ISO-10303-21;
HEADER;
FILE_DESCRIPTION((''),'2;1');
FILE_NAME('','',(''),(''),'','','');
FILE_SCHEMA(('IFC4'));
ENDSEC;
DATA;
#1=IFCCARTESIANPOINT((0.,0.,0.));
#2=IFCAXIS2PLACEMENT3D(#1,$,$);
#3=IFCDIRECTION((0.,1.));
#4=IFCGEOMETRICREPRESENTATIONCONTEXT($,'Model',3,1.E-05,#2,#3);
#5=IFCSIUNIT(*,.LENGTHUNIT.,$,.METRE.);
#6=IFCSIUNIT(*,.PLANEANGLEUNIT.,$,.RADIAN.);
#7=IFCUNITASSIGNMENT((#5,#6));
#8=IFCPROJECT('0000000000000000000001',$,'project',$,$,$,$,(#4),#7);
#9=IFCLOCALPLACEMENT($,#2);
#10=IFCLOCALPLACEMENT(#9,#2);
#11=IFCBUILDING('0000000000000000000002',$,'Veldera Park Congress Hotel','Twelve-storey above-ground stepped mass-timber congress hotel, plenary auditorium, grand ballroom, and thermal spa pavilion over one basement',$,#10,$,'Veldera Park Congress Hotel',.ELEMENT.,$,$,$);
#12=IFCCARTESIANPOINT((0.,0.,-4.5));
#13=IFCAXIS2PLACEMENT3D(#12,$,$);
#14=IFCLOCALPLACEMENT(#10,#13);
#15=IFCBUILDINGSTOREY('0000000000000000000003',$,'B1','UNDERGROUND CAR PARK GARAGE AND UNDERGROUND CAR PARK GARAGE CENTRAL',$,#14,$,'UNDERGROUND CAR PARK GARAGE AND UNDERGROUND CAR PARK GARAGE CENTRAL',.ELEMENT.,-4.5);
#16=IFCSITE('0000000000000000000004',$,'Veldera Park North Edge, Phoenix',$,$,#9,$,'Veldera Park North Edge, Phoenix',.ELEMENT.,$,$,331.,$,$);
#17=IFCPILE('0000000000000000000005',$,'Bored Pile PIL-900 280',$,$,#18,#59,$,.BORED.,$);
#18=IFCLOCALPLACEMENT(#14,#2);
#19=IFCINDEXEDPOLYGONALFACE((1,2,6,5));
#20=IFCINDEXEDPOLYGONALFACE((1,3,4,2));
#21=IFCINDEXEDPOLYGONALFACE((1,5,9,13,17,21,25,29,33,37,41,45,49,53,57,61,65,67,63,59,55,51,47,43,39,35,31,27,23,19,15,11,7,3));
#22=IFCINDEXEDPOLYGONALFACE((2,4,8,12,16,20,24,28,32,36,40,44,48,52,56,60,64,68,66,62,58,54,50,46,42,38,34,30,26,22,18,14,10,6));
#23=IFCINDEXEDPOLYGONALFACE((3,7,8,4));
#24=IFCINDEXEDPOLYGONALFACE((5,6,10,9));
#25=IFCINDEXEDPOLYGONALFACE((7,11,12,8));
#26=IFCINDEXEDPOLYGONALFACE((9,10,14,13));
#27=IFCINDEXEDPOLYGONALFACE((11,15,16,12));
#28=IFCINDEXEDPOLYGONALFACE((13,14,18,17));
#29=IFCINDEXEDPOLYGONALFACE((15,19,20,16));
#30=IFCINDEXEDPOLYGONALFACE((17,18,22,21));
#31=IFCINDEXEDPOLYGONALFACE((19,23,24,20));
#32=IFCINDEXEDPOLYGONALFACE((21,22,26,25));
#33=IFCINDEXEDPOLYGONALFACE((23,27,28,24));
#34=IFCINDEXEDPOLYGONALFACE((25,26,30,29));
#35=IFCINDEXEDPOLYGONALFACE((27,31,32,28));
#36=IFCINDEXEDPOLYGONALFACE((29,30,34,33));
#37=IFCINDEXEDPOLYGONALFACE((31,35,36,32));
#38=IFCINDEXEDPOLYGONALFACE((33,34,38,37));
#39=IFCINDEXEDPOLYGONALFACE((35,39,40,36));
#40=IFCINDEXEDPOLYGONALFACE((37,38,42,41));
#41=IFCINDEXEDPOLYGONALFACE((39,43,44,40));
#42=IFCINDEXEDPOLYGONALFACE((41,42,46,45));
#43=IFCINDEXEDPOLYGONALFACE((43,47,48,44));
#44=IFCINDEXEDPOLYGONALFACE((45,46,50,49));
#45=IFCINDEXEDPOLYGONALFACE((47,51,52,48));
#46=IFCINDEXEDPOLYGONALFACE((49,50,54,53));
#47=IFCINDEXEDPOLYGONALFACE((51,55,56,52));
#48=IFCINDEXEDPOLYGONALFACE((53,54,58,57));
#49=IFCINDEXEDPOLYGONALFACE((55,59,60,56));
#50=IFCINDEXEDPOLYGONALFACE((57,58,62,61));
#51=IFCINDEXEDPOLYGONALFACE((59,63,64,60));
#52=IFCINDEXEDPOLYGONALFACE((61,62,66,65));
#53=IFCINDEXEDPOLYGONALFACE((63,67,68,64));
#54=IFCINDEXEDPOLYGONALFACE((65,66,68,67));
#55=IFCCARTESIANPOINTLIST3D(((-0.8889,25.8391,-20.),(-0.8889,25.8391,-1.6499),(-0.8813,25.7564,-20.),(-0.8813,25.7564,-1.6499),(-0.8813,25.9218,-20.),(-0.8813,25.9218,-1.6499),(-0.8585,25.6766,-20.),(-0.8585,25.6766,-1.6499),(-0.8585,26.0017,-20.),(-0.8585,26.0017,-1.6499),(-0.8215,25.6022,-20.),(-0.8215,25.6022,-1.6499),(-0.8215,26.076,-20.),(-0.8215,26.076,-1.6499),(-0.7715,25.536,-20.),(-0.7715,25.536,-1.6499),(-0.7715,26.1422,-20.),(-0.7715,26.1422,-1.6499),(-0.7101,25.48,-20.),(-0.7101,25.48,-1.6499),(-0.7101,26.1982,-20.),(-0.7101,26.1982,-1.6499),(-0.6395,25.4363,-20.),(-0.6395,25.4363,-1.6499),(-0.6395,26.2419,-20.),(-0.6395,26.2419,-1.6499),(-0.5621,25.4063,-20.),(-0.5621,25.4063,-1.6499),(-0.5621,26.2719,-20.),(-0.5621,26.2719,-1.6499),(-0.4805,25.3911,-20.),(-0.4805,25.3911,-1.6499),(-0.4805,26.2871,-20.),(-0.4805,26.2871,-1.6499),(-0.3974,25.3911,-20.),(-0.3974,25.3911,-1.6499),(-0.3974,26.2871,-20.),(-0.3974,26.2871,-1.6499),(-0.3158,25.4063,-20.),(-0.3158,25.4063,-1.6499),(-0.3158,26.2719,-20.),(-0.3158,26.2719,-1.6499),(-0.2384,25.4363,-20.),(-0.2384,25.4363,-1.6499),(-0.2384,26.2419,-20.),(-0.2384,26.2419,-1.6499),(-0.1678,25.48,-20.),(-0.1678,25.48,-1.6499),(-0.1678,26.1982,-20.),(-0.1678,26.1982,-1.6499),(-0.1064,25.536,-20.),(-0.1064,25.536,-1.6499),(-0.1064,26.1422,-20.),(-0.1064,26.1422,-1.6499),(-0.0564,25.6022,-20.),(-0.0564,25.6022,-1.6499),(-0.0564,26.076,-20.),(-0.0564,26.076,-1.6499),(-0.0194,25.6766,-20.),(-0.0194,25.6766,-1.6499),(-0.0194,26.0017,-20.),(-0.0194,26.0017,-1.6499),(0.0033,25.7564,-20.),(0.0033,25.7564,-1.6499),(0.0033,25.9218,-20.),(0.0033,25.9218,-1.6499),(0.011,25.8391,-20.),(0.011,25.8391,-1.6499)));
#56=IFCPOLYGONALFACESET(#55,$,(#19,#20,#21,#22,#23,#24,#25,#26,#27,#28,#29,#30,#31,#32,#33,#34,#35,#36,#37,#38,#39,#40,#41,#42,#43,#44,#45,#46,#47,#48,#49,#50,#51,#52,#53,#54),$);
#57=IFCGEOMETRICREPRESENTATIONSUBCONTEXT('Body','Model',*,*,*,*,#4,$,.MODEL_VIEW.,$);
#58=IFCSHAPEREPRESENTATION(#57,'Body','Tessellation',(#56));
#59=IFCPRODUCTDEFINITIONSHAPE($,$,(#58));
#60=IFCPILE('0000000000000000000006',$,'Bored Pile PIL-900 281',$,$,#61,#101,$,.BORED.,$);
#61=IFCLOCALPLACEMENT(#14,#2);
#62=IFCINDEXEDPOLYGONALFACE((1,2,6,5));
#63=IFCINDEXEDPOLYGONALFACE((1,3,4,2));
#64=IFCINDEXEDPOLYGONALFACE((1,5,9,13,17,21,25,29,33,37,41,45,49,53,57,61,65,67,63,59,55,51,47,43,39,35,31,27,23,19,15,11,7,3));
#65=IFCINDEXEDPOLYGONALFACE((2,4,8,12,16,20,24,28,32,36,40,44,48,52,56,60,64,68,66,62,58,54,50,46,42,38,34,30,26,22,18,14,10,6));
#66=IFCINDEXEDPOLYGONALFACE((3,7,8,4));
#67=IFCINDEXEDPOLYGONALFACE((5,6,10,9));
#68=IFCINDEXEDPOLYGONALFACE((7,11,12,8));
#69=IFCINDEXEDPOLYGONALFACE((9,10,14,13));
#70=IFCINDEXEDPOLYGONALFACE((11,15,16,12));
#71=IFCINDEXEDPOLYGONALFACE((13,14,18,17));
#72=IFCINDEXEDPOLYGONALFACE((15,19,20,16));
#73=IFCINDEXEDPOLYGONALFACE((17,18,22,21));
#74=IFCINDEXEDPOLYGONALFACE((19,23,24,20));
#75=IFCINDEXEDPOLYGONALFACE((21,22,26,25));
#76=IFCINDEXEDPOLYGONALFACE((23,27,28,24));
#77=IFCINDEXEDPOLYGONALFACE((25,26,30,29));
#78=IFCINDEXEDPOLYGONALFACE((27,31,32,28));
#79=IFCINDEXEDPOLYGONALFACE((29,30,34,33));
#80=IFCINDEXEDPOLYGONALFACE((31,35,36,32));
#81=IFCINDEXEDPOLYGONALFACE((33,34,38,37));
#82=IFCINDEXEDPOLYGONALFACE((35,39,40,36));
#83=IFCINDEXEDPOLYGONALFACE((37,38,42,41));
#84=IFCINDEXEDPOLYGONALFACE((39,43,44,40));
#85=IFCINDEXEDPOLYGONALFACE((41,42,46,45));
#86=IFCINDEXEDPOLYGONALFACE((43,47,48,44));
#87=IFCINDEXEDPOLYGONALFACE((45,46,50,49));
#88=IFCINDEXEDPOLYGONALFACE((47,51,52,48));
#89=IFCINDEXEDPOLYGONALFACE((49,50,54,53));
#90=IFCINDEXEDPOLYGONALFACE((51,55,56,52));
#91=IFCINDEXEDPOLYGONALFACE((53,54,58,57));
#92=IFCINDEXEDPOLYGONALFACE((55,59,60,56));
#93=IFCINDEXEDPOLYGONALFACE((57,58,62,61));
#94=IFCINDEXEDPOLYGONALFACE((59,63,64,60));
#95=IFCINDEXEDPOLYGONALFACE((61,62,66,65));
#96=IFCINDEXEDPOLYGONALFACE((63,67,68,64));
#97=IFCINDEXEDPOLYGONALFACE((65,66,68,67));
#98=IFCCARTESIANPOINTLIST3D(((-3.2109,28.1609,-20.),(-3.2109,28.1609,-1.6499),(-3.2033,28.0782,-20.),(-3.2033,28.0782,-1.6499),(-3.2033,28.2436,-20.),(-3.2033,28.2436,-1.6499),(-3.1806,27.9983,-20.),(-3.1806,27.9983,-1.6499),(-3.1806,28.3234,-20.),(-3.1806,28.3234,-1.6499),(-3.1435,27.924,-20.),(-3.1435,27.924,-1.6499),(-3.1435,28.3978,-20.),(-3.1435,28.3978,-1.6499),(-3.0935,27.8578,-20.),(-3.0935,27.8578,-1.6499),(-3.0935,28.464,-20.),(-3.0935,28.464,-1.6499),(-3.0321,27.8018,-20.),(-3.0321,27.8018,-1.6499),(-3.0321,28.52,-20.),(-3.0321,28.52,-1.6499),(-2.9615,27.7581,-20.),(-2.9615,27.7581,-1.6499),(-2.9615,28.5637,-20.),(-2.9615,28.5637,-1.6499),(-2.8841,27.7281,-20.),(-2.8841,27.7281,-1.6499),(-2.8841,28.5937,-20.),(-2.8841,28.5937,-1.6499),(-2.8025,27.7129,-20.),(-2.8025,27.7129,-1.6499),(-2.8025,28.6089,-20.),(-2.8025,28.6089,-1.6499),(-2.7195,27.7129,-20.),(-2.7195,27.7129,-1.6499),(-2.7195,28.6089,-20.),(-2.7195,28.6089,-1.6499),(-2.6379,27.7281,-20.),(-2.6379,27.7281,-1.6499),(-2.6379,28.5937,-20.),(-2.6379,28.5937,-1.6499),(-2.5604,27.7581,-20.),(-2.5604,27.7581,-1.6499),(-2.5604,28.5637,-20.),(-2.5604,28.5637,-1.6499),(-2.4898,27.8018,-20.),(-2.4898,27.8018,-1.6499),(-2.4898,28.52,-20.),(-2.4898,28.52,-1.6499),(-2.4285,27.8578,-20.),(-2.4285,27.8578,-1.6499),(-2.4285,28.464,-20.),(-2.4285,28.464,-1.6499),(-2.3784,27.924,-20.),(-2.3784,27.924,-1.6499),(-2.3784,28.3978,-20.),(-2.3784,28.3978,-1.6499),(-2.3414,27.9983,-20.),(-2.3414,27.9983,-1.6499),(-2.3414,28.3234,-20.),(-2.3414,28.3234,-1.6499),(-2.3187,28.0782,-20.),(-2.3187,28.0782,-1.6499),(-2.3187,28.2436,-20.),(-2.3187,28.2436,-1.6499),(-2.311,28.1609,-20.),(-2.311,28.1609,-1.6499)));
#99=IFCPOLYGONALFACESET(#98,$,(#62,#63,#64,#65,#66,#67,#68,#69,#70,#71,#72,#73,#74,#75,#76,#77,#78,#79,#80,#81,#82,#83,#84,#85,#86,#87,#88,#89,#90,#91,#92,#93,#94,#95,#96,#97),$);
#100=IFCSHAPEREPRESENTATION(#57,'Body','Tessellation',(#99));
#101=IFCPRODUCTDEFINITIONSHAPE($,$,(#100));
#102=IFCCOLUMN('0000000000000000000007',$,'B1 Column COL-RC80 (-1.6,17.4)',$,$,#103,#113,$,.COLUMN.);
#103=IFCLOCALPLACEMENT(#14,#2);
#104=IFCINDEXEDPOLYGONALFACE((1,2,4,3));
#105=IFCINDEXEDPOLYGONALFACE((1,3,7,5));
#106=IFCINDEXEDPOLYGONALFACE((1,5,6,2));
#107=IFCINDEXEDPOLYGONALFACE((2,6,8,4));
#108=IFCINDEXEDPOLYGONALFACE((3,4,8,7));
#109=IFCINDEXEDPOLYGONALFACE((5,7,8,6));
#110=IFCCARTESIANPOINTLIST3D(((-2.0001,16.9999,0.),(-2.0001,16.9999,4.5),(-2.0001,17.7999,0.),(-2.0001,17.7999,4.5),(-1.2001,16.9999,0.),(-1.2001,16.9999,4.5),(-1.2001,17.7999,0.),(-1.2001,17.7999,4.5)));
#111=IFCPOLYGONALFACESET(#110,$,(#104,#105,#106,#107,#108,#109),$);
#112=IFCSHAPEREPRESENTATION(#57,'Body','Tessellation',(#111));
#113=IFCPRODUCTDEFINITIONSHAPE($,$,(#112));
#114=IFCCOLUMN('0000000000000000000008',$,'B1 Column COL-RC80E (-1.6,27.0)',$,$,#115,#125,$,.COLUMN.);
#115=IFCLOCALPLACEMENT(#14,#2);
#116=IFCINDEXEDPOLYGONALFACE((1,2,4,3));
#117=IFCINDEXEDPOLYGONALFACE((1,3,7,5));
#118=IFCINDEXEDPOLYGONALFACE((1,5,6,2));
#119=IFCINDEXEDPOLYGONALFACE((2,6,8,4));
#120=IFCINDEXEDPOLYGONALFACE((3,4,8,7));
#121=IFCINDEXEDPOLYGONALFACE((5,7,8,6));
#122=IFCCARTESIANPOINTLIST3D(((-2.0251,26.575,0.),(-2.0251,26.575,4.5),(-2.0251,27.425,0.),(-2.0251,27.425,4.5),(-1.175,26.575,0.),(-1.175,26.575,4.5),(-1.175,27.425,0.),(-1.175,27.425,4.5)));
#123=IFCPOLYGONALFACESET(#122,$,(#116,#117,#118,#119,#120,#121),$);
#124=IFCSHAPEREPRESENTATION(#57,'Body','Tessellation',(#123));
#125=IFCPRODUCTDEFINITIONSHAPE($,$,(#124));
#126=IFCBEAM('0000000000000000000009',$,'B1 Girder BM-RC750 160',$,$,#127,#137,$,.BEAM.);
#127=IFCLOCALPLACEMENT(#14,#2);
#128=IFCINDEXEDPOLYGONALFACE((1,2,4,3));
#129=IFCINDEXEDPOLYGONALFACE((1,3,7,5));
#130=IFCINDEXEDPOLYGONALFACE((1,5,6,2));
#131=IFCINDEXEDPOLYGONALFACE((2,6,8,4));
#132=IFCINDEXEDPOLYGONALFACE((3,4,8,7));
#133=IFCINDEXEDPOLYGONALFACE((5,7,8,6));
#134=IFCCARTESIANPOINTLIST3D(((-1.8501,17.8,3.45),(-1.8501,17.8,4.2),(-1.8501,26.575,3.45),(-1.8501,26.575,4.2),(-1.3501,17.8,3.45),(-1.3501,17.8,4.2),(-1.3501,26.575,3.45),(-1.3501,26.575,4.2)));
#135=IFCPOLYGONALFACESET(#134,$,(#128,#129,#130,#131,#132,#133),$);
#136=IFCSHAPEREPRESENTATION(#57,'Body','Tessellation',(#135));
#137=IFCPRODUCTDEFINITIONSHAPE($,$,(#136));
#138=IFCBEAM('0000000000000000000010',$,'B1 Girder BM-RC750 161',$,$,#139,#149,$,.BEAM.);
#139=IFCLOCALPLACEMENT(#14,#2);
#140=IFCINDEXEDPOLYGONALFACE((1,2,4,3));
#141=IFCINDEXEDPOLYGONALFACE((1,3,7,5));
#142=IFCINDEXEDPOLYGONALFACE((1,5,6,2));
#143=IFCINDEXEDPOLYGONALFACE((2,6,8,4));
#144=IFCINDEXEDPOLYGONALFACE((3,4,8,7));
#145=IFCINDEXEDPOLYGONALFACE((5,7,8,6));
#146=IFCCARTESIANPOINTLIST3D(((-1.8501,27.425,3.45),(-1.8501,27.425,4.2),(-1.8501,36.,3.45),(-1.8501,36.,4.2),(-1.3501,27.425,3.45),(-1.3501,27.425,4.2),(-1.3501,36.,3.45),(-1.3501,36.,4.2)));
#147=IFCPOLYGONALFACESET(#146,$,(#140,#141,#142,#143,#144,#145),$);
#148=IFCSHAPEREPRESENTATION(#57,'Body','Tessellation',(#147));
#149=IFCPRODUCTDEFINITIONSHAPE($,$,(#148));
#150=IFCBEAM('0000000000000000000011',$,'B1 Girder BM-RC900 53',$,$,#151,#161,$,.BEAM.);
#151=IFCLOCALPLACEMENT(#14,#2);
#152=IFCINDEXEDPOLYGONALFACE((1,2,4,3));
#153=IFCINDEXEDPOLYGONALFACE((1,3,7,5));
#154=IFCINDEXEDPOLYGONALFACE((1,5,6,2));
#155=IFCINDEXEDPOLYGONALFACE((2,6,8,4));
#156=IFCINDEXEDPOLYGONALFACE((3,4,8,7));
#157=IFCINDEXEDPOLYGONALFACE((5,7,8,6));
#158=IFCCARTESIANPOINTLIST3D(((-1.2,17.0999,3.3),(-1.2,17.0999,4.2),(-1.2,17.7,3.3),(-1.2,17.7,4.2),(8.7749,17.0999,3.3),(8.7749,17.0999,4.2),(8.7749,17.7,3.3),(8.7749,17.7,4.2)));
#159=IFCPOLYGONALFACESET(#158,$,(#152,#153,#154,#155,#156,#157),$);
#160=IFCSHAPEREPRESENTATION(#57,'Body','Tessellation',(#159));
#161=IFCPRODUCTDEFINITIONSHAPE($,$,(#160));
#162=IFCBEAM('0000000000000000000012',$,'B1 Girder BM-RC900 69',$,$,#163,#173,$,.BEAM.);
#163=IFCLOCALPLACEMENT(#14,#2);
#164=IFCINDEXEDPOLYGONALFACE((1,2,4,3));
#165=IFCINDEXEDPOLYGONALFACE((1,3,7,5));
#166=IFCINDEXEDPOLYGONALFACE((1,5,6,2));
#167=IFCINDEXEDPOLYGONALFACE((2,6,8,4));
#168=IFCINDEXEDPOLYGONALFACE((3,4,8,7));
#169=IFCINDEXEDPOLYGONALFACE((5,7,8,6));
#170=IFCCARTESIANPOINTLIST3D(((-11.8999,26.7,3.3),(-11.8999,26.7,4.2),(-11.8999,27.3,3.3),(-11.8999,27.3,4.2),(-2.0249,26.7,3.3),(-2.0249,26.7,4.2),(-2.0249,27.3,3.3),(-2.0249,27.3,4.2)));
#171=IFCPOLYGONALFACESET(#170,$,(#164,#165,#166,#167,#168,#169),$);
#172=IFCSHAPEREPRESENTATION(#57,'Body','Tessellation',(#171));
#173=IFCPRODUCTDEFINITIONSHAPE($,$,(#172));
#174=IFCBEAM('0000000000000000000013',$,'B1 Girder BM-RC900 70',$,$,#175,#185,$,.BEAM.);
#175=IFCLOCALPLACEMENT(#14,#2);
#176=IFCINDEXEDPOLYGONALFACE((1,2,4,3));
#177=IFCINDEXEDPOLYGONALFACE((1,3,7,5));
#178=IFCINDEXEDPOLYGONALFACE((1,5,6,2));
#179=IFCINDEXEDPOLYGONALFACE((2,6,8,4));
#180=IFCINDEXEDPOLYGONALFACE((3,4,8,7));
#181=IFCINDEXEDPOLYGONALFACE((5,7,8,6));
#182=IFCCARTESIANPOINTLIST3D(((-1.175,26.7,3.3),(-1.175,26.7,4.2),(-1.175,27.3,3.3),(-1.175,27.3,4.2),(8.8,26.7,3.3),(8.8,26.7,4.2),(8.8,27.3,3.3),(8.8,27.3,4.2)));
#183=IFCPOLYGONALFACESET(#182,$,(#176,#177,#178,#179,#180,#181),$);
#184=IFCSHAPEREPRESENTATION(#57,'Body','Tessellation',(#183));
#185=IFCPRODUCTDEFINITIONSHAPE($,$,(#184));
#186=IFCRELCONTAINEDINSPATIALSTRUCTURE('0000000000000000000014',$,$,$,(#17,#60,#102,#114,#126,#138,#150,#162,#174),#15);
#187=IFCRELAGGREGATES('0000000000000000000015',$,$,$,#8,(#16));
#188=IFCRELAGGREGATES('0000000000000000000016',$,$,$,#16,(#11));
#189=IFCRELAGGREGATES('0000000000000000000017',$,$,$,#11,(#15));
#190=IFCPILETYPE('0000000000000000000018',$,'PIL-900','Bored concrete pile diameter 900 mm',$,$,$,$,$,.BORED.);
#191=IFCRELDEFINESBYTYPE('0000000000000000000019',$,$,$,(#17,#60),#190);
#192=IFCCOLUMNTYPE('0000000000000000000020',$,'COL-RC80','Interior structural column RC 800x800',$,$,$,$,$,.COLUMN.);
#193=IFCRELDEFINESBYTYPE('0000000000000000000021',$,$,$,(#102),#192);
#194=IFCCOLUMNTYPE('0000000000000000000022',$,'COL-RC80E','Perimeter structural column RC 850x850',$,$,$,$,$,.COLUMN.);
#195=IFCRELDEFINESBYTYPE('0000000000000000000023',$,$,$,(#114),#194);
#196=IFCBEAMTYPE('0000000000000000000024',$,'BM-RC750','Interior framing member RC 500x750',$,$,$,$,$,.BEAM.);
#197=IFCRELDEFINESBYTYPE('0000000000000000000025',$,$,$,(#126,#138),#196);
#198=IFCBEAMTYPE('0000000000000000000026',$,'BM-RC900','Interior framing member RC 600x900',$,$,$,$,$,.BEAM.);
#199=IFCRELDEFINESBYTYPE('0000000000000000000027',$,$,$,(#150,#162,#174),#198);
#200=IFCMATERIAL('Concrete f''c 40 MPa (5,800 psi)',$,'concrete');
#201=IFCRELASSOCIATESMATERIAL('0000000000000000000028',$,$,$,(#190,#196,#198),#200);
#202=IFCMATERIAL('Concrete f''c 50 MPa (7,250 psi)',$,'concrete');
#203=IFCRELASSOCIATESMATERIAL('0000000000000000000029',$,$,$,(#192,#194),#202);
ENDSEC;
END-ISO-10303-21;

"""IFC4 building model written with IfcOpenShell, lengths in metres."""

from ifc_helpers import new_model, si_unit, direction, frame, origin, origin_2d, place, context, subcontext, project, spatial, rectangle, circle, extrude, material, material_profile, profile_set, type_object, element, save


model = new_model("IFC4")

# Units and contexts
model_context = context("Model", 3, precision=1e-05, world=origin(), true_north=direction((0.0, 1.0)))
body_context = subcontext(model_context, "Body", "Model", "MODEL_VIEW")
ifc_project = project(units=[si_unit("LENGTHUNIT", "METRE"), si_unit("PLANEANGLEUNIT", "RADIAN")], contexts=[model_context])

# Site, building, storey
site_placement = place(None, origin())
site = spatial("IfcSite", under=ifc_project, at=site_placement, Name="Veldera Park North Edge, Phoenix", LongName="Veldera Park North Edge, Phoenix", CompositionType="ELEMENT", RefElevation=331.0)
building_placement = place(site_placement, origin())
building = spatial("IfcBuilding", under=site, at=building_placement, Name="Veldera Park Congress Hotel", Description="Twelve-storey above-ground stepped mass-timber congress hotel, plenary auditorium, grand ballroom, and thermal spa pavilion over one basement", LongName="Veldera Park Congress Hotel", CompositionType="ELEMENT")
storey_placement = place(building_placement, frame((0.0, 0.0, -4.5)))
storey = spatial("IfcBuildingStorey", under=building, at=storey_placement, Name="B1", Description="UNDERGROUND CAR PARK GARAGE AND UNDERGROUND CAR PARK GARAGE CENTRAL", LongName="UNDERGROUND CAR PARK GARAGE AND UNDERGROUND CAR PARK GARAGE CENTRAL", CompositionType="ELEMENT", Elevation=-4.5)

# Shared definitions
ifc_material_1 = material(Name="Concrete f'c 40 MPa (5,800 psi)", Category="concrete")

# Piles
ifc_material_profile_1 = material_profile(ifc_material_1, circle(Radius=0.45, at=origin_2d()), Name="PILE D900")
ifc_profile_set_1 = profile_set([ifc_material_profile_1], Name="Concrete f'c 40 MPa (5,800 psi)")
pile_type_1 = type_object("IfcPileType", Name="PIL-900", Description="Bored concrete pile diameter 900 mm", PredefinedType="BORED", material=ifc_profile_set_1)
for number, where, z_axis, x_axis, name in (
    (1, (-0.439, 25.8391, -1.6499), (0.0, 0.0, -1.0), (1.0, 0.0, 0.0), "Bored Pile PIL-900 280"),
    (2, (-2.761, 28.1609, -1.6499), (0.0, 0.0, -1.0), (1.0, 0.0, 0.0), "Bored Pile PIL-900 281"),
):
    element("IfcPile", number, at=place(storey_placement, frame(where, z_axis=z_axis, x_axis=x_axis)), inside=storey, type_object=pile_type_1, Name=name, PredefinedType="BORED", context=body_context, shape_type="SweptSolid", body=[
        extrude(circle(Radius=0.45, at=origin_2d()), origin(), (0.0, 0.0, 1.0), 18.3501),
    ])

# Columns
ifc_material_2 = material(Name="Concrete f'c 50 MPa (7,250 psi)", Category="concrete")
ifc_material_profile_2 = material_profile(ifc_material_2, rectangle(XDim=0.8, YDim=0.8, at=origin_2d()), Name="RC 800x800")
ifc_profile_set_2 = profile_set([ifc_material_profile_2], Name="Concrete f'c 50 MPa (7,250 psi)")
column_type_1 = type_object("IfcColumnType", Name="COL-RC80", Description="Interior structural column RC 800x800", PredefinedType="COLUMN", material=ifc_profile_set_2)
column_1_placement = place(storey_placement, frame((-1.6001, 17.3999, 0.0), z_axis=(0.0, 0.0, 1.0), x_axis=(1.0, 0.0, 0.0)))
element("IfcColumn", 3, at=column_1_placement, inside=storey, type_object=column_type_1, Name="B1 Column COL-RC80 (-1.6,17.4)", PredefinedType="COLUMN", context=body_context, shape_type="SweptSolid", body=[
    extrude(rectangle(XDim=0.8, YDim=0.8, at=origin_2d()), origin(), (0.0, 0.0, 1.0), 4.5),
])
ifc_material_profile_3 = material_profile(ifc_material_2, rectangle(XDim=0.8501, YDim=0.8501, at=origin_2d()), Name="RC 850x850")
ifc_profile_set_3 = profile_set([ifc_material_profile_3], Name="Concrete f'c 50 MPa (7,250 psi)")
column_type_2 = type_object("IfcColumnType", Name="COL-RC80E", Description="Perimeter structural column RC 850x850", PredefinedType="COLUMN", material=ifc_profile_set_3)
column_2_placement = place(storey_placement, frame((-1.6001, 27.0, 0.0), z_axis=(0.0, 0.0, 1.0), x_axis=(1.0, 0.0, 0.0)))
element("IfcColumn", 4, at=column_2_placement, inside=storey, type_object=column_type_2, Name="B1 Column COL-RC80E (-1.6,27.0)", PredefinedType="COLUMN", context=body_context, shape_type="SweptSolid", body=[
    extrude(rectangle(XDim=0.8501, YDim=0.8501, at=origin_2d()), origin(), (0.0, 0.0, 1.0), 4.5),
])

# Beams
ifc_material_profile_4 = material_profile(ifc_material_1, rectangle(XDim=0.5, YDim=0.75, at=origin_2d()), Name="RC 500x750")
ifc_profile_set_4 = profile_set([ifc_material_profile_4], Name="Concrete f'c 40 MPa (5,800 psi)")
beam_type_1 = type_object("IfcBeamType", Name="BM-RC750", Description="Interior framing member RC 500x750", PredefinedType="BEAM", material=ifc_profile_set_4)
beam_1_placement = place(storey_placement, frame((-1.6001, 17.8, 3.825), z_axis=(0.0, 1.0, 0.0), x_axis=(-1.0, 0.0, 0.0)))
element("IfcBeam", 5, at=beam_1_placement, inside=storey, type_object=beam_type_1, Name="B1 Girder BM-RC750 160", PredefinedType="BEAM", context=body_context, shape_type="SweptSolid", body=[
    extrude(rectangle(XDim=0.5, YDim=0.75, at=origin_2d()), origin(), (0.0, 0.0, 1.0), 8.7749),
])
beam_2_placement = place(storey_placement, frame((-1.6001, 27.425, 3.825), z_axis=(0.0, 1.0, 0.0), x_axis=(-1.0, 0.0, 0.0)))
element("IfcBeam", 6, at=beam_2_placement, inside=storey, type_object=beam_type_1, Name="B1 Girder BM-RC750 161", PredefinedType="BEAM", context=body_context, shape_type="SweptSolid", body=[
    extrude(rectangle(XDim=0.5, YDim=0.75, at=origin_2d()), origin(), (0.0, 0.0, 1.0), 8.575),
])
ifc_material_profile_5 = material_profile(ifc_material_1, rectangle(XDim=0.6001, YDim=0.8999, at=origin_2d()), Name="RC 600x900")
ifc_profile_set_5 = profile_set([ifc_material_profile_5], Name="Concrete f'c 40 MPa (5,800 psi)")
beam_type_2 = type_object("IfcBeamType", Name="BM-RC900", Description="Interior framing member RC 600x900", PredefinedType="BEAM", material=ifc_profile_set_5)
beam_3_placement = place(storey_placement, frame((-1.2, 17.3999, 3.75), z_axis=(1.0, 0.0, 0.0), x_axis=(0.0, 1.0, 0.0)))
element("IfcBeam", 7, at=beam_3_placement, inside=storey, type_object=beam_type_2, Name="B1 Girder BM-RC900 53", PredefinedType="BEAM", context=body_context, shape_type="SweptSolid", body=[
    extrude(rectangle(XDim=0.6001, YDim=0.8999, at=origin_2d()), origin(), (0.0, 0.0, 1.0), 9.9749),
])
beam_4_placement = place(storey_placement, frame((-11.8999, 27.0, 3.75), z_axis=(1.0, 0.0, 0.0), x_axis=(0.0, 1.0, 0.0)))
element("IfcBeam", 8, at=beam_4_placement, inside=storey, type_object=beam_type_2, Name="B1 Girder BM-RC900 69", PredefinedType="BEAM", context=body_context, shape_type="SweptSolid", body=[
    extrude(rectangle(XDim=0.6001, YDim=0.8999, at=origin_2d()), origin(), (0.0, 0.0, 1.0), 9.875),
])
beam_5_placement = place(storey_placement, frame((-1.175, 27.0, 3.75), z_axis=(1.0, 0.0, 0.0), x_axis=(0.0, 1.0, 0.0)))
element("IfcBeam", 9, at=beam_5_placement, inside=storey, type_object=beam_type_2, Name="B1 Girder BM-RC900 70", PredefinedType="BEAM", context=body_context, shape_type="SweptSolid", body=[
    extrude(rectangle(XDim=0.6001, YDim=0.8999, at=origin_2d()), origin(), (0.0, 0.0, 1.0), 9.9751),
])

save(model, "model.ifc")
